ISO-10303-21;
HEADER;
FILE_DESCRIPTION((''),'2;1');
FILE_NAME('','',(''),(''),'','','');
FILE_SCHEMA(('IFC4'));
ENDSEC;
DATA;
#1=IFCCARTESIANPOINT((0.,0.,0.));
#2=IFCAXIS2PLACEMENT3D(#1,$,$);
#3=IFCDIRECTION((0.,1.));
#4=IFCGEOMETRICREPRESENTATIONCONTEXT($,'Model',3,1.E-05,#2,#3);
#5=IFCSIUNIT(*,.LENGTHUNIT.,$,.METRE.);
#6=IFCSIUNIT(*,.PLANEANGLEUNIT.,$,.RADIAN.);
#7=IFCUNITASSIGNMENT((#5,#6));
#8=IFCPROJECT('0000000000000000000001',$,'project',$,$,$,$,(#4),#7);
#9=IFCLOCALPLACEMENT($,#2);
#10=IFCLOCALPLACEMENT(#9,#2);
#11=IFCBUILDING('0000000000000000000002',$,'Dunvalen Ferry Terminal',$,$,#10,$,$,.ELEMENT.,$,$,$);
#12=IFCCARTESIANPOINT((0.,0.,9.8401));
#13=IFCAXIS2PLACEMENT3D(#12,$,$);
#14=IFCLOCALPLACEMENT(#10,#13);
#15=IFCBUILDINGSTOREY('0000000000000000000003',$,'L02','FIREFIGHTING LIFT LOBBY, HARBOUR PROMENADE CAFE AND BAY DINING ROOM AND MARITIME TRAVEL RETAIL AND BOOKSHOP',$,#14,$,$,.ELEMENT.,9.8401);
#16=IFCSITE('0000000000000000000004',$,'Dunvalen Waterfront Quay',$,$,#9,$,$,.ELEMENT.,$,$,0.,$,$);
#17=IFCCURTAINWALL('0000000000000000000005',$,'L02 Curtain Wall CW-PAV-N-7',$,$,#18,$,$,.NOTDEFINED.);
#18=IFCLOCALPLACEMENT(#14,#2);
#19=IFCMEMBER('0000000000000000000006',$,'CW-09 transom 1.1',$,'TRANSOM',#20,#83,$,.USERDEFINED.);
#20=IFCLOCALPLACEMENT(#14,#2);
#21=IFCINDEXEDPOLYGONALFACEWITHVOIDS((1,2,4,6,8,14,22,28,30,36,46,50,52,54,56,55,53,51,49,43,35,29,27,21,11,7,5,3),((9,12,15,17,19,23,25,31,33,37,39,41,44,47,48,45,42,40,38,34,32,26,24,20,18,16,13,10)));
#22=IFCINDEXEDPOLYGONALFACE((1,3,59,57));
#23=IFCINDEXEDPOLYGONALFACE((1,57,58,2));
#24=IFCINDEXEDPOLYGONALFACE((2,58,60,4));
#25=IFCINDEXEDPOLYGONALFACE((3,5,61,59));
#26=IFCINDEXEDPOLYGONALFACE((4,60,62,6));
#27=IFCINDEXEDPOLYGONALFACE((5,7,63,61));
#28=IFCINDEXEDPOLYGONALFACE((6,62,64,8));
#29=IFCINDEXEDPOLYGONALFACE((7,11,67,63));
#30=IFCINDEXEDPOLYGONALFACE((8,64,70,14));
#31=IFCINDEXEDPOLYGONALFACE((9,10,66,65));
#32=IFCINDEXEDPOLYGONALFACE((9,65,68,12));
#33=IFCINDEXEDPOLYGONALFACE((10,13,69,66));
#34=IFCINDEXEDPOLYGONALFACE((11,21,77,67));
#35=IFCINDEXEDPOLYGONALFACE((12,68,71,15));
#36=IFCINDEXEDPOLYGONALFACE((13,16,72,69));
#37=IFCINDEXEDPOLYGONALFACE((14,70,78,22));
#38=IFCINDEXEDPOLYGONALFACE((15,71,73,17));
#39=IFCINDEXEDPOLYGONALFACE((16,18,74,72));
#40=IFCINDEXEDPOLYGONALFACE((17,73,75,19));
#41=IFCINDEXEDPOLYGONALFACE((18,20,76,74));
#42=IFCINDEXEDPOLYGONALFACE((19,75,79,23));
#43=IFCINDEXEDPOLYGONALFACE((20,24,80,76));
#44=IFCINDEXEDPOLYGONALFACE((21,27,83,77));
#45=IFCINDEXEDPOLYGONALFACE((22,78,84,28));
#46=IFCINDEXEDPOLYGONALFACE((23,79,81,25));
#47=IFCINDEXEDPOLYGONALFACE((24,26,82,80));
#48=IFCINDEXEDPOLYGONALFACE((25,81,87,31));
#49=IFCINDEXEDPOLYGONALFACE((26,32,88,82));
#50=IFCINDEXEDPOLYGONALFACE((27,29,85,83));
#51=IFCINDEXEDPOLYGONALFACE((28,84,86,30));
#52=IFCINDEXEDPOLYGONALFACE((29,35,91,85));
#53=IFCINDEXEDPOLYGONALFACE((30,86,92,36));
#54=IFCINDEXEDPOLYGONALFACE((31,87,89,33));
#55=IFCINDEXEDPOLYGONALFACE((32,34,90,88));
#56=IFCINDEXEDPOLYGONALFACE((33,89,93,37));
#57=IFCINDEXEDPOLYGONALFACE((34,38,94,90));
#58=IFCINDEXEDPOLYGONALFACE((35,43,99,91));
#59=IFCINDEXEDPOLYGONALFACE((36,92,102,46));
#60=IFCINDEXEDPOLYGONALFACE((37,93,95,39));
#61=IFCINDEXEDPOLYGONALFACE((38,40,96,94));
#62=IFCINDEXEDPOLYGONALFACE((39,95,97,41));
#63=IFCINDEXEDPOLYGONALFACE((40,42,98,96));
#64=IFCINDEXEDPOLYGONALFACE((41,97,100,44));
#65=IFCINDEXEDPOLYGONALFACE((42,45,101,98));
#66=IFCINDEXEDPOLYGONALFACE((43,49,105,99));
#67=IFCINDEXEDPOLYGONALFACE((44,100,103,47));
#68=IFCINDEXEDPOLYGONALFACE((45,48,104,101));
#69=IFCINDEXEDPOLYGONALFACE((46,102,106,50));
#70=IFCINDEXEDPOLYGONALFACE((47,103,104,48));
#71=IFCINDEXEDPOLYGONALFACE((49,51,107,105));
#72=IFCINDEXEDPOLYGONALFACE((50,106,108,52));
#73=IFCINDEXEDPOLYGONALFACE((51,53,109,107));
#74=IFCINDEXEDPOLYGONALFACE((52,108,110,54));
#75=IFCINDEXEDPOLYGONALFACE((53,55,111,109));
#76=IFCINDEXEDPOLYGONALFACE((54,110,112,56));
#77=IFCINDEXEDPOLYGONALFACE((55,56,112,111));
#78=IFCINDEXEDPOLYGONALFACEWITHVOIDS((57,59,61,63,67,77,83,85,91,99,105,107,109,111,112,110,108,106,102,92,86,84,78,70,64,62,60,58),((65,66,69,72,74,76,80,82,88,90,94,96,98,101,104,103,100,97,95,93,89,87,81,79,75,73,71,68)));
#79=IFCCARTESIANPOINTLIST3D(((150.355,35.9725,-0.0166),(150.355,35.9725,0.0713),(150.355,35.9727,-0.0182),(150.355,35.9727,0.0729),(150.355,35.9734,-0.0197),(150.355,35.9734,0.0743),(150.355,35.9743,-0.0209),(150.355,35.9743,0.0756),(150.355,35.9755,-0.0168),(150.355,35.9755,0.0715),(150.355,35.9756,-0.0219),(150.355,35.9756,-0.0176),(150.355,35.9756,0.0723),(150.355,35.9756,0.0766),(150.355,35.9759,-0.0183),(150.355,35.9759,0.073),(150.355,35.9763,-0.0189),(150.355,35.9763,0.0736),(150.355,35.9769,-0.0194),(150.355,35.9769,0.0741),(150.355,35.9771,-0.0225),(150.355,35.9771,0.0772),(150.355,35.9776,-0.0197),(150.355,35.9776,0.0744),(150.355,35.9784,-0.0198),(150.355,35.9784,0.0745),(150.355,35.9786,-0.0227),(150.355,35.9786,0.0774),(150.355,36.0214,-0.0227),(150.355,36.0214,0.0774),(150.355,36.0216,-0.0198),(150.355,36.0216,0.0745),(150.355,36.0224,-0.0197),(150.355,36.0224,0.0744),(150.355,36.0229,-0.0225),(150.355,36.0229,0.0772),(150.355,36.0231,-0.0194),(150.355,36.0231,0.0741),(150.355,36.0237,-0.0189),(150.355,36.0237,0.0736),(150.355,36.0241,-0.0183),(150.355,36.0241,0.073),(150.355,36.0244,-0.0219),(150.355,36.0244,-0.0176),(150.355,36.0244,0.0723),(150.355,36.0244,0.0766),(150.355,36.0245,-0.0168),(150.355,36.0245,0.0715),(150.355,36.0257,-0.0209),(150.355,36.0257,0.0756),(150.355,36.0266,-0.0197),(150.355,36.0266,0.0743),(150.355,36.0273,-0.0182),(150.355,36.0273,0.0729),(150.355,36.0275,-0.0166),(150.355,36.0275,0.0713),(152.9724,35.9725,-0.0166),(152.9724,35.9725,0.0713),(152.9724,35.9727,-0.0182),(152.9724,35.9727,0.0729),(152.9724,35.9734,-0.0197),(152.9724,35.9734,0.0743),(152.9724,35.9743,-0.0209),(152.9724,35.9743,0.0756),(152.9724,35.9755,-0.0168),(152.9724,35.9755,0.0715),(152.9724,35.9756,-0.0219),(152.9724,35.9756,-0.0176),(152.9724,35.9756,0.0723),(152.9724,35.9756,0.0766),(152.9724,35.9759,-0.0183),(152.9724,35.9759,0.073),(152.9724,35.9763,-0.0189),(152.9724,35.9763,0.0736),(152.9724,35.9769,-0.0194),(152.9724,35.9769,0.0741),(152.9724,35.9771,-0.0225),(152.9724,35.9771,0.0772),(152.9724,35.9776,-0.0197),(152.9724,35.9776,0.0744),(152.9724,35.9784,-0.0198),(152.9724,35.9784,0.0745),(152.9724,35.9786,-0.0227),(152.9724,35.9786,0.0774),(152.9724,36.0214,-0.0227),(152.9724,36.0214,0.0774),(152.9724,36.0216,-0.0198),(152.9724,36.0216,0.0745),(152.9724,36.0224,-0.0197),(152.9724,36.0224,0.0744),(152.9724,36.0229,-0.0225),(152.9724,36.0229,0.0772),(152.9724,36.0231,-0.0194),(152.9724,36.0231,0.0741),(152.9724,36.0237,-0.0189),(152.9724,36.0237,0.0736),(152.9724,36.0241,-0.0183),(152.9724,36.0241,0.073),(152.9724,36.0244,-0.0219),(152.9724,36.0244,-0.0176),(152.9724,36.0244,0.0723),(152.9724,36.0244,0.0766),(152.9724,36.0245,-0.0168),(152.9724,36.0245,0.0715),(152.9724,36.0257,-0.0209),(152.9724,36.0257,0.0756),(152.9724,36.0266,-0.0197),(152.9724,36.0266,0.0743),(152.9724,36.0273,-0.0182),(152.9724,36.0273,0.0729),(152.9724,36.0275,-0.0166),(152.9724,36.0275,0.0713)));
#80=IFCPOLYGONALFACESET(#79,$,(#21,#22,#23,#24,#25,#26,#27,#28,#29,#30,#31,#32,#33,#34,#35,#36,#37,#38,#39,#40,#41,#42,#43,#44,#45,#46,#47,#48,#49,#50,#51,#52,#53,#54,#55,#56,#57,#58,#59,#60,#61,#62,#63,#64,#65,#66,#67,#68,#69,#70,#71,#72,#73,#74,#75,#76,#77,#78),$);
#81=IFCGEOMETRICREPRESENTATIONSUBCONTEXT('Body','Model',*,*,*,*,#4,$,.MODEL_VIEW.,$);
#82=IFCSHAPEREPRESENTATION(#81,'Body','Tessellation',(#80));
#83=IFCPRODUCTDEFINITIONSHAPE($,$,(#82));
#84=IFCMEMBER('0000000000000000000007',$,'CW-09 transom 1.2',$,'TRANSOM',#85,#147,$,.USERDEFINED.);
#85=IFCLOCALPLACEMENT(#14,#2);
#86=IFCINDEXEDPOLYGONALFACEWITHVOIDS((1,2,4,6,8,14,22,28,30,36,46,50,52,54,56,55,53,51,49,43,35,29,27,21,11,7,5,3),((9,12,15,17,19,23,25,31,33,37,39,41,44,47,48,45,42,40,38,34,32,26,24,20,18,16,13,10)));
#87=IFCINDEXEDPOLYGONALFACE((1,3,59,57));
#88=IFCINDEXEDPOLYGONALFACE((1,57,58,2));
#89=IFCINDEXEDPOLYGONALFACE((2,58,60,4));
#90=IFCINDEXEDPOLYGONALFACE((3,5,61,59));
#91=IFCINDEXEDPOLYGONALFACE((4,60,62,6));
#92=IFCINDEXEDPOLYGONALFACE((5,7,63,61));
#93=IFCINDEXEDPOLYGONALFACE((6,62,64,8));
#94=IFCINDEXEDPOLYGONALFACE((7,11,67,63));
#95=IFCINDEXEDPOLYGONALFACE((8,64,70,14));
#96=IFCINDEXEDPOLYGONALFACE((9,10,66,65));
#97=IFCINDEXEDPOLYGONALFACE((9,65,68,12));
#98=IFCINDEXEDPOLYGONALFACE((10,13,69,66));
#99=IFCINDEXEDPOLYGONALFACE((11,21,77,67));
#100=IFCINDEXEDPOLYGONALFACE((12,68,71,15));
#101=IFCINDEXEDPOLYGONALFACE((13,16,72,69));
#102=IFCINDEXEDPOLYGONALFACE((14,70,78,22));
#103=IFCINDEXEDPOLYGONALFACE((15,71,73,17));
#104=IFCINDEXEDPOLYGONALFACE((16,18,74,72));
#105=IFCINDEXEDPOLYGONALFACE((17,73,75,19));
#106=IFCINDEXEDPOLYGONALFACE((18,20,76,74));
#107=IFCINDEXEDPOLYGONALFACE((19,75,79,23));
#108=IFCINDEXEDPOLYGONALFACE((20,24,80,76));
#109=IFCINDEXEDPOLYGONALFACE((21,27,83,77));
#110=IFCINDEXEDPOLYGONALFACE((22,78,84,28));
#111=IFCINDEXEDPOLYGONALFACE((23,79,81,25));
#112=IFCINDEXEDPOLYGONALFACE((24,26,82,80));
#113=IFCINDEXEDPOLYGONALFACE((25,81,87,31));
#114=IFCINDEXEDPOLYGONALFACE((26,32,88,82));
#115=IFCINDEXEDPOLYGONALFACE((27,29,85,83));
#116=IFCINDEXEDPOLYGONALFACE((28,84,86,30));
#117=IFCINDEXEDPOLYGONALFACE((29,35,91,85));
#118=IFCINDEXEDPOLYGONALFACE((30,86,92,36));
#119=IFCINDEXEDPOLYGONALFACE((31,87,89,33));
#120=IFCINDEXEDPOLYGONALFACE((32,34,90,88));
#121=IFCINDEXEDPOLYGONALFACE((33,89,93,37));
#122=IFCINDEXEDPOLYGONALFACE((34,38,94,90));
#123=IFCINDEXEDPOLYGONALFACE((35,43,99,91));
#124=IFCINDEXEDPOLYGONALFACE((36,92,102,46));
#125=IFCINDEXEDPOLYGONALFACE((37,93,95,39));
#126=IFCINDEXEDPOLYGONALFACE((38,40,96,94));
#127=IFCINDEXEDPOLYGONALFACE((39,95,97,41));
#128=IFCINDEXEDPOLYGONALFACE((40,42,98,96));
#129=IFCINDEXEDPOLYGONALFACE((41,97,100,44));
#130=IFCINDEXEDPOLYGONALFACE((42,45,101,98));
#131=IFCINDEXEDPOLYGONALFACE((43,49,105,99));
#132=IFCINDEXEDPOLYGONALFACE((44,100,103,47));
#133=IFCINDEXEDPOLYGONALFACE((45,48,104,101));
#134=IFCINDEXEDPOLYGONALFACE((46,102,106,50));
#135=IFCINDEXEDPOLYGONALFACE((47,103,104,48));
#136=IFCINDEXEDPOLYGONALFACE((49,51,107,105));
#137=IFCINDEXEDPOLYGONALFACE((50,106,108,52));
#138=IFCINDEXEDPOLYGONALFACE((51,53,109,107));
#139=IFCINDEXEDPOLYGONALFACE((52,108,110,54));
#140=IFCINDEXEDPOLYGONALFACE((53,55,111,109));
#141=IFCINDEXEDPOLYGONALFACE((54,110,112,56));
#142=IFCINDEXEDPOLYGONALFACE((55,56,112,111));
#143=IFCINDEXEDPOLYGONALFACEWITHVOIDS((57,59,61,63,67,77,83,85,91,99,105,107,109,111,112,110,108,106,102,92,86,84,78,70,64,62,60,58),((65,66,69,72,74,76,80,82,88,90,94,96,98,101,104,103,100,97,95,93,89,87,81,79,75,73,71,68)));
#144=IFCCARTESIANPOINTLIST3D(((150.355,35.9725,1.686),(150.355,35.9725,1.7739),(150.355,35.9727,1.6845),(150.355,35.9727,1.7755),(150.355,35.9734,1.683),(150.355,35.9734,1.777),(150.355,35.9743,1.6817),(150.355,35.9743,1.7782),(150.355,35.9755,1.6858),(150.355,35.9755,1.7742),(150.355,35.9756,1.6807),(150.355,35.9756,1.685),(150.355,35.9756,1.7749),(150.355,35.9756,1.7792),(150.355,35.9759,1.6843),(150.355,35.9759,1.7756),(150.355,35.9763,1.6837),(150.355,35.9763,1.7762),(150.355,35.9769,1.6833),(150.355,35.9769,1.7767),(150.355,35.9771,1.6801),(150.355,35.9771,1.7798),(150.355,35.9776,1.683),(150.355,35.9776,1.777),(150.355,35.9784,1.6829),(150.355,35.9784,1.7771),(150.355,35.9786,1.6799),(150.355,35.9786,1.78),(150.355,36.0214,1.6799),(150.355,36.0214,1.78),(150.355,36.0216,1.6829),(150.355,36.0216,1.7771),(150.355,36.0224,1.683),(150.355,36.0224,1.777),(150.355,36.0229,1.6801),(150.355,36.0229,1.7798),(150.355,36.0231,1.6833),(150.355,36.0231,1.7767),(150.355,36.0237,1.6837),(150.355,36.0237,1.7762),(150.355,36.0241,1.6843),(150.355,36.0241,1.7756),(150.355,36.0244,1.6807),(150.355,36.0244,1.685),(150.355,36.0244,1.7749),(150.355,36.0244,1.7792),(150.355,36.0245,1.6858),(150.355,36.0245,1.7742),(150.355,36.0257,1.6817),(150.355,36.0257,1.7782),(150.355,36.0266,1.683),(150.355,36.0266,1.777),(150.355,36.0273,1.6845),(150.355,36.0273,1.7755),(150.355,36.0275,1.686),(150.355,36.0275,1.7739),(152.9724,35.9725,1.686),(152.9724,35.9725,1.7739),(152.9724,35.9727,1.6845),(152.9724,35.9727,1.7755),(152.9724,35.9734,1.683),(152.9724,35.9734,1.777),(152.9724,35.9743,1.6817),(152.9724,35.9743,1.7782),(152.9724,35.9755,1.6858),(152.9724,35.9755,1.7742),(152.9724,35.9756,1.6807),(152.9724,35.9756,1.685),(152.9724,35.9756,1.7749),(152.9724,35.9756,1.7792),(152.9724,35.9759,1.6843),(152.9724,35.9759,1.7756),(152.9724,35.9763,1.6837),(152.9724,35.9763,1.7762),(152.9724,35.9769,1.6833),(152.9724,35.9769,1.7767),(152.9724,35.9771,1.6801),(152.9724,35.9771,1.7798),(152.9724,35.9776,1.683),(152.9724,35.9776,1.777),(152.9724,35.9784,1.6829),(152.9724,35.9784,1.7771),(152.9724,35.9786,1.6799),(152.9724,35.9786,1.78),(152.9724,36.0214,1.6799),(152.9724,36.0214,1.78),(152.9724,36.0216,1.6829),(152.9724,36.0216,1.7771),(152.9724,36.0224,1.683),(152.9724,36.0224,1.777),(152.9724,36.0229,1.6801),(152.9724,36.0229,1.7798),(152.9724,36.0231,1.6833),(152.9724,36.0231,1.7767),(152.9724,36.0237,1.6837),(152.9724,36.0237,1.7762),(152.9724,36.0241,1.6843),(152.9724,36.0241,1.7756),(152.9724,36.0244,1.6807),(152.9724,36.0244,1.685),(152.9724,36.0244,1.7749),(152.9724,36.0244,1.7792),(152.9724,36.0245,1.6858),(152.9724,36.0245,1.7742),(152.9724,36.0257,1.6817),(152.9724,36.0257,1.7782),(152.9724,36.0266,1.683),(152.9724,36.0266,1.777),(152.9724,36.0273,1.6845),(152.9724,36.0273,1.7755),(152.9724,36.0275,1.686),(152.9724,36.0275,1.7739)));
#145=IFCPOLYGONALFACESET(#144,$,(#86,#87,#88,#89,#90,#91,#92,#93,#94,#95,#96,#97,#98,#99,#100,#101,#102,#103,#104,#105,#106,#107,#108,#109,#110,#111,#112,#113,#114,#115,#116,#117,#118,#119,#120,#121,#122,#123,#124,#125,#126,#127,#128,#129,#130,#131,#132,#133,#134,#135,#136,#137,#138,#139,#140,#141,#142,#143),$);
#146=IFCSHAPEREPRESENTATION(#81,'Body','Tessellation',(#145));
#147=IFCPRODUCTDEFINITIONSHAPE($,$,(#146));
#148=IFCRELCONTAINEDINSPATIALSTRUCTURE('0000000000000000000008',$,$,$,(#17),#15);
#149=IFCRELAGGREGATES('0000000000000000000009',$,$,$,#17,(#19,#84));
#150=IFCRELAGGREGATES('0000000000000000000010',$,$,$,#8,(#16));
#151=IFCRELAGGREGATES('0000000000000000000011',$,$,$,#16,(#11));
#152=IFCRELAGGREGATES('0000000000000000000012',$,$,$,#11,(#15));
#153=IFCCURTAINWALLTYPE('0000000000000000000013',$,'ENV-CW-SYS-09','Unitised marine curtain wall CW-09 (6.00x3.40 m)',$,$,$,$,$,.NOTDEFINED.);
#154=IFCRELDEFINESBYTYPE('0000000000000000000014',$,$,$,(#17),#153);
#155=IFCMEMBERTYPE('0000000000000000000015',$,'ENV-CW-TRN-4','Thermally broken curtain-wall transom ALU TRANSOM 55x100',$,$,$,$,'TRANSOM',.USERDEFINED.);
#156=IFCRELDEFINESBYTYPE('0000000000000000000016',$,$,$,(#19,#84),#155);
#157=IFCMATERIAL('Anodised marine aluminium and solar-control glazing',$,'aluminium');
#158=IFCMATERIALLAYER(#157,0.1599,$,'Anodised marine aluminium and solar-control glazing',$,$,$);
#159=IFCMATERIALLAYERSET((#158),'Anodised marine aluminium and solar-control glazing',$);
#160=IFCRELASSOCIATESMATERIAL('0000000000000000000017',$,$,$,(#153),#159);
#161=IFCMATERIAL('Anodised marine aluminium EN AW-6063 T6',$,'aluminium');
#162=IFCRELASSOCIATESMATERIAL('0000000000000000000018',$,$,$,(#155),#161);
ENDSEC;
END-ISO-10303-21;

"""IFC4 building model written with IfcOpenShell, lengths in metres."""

from ifc_helpers import new_model, si_unit, direction, frame, origin, origin_2d, place, context, subcontext, project, spatial, hollow_rectangle, extrude, material, layer, layer_set, material_profile, profile_set, type_object, element, aggregate, save


model = new_model("IFC4")

# Units and contexts
model_context = context("Model", 3, precision=1e-05, world=origin(), true_north=direction((0.0, 1.0)))
body_context = subcontext(model_context, "Body", "Model", "MODEL_VIEW")
ifc_project = project(units=[si_unit("LENGTHUNIT", "METRE"), si_unit("PLANEANGLEUNIT", "RADIAN")], contexts=[model_context])

# Site, building, storey
site_placement = place(None, origin())
site = spatial("IfcSite", under=ifc_project, at=site_placement, Name="Dunvalen Waterfront Quay", CompositionType="ELEMENT", RefElevation=0.0)
building_placement = place(site_placement, origin())
building = spatial("IfcBuilding", under=site, at=building_placement, Name="Dunvalen Ferry Terminal", CompositionType="ELEMENT")
storey_placement = place(building_placement, frame((0.0, 0.0, 9.8401)))
storey = spatial("IfcBuildingStorey", under=building, at=storey_placement, Name="L02", Description="FIREFIGHTING LIFT LOBBY, HARBOUR PROMENADE CAFE AND BAY DINING ROOM AND MARITIME TRAVEL RETAIL AND BOOKSHOP", CompositionType="ELEMENT", Elevation=9.8401)

# Curtain wall
ifc_material_1 = material(Name="Anodised marine aluminium and solar-control glazing", Category="aluminium")
ifc_layer_1 = layer(ifc_material_1, 0.1599, Name="Anodised marine aluminium and solar-control glazing")
ifc_layer_set_1 = layer_set([ifc_layer_1], Name="Anodised marine aluminium and solar-control glazing")
curtain_wall_type_1 = type_object("IfcCurtainWallType", Name="ENV-CW-SYS-09", Description="Unitised marine curtain wall CW-09 (6.00x3.40 m)", PredefinedType="NOTDEFINED", material=ifc_layer_set_1)
curtain_wall_1_placement = place(storey_placement, origin())
curtain_wall_1 = element("IfcCurtainWall", 1, at=curtain_wall_1_placement, inside=storey, type_object=curtain_wall_type_1, Name="L02 Curtain Wall CW-PAV-N-7", PredefinedType="NOTDEFINED")
ifc_material_2 = material(Name="Anodised marine aluminium EN AW-6063 T6", Category="aluminium")

# Members
ifc_material_profile_1 = material_profile(ifc_material_2, hollow_rectangle(XDim=0.0549, YDim=0.1001, WallThickness=0.0029, InnerFilletRadius=0.0029, OuterFilletRadius=0.0061, at=origin_2d()), Name="Anodised marine aluminium EN AW-6063 T6")
ifc_profile_set_1 = profile_set([ifc_material_profile_1], Name="Anodised marine aluminium EN AW-6063 T6")
member_type_1 = type_object("IfcMemberType", Name="ENV-CW-TRN-4", Description="Thermally broken curtain-wall transom ALU TRANSOM 55x100", ElementType="TRANSOM", PredefinedType="USERDEFINED", material=ifc_profile_set_1)
member_1_placement = place(storey_placement, frame((150.355, 36.0, 0.0273), z_axis=(1.0, 0.0, 0.0), x_axis=(0.0, 1.0, 0.0)))
member_1 = element("IfcMember", 2, at=member_1_placement, type_object=member_type_1, Name="CW-09 transom 1.1", ObjectType="TRANSOM", PredefinedType="USERDEFINED", context=body_context, shape_type="SweptSolid", body=[
    extrude(hollow_rectangle(XDim=0.0549, YDim=0.1001, WallThickness=0.0029, InnerFilletRadius=0.0029, OuterFilletRadius=0.0061, at=origin_2d()), origin(), (0.0, 0.0, 1.0), 2.6174),
])
member_2_placement = place(storey_placement, frame((150.355, 36.0, 1.73), z_axis=(1.0, 0.0, 0.0), x_axis=(0.0, 1.0, 0.0)))
member_2 = element("IfcMember", 3, at=member_2_placement, type_object=member_type_1, Name="CW-09 transom 1.2", ObjectType="TRANSOM", PredefinedType="USERDEFINED", context=body_context, shape_type="SweptSolid", body=[
    extrude(hollow_rectangle(XDim=0.0549, YDim=0.1001, WallThickness=0.0029, InnerFilletRadius=0.0029, OuterFilletRadius=0.0061, at=origin_2d()), origin(), (0.0, 0.0, 1.0), 2.6174),
])

aggregate(curtain_wall_1, [member_1, member_2])

save(model, "model.ifc")
